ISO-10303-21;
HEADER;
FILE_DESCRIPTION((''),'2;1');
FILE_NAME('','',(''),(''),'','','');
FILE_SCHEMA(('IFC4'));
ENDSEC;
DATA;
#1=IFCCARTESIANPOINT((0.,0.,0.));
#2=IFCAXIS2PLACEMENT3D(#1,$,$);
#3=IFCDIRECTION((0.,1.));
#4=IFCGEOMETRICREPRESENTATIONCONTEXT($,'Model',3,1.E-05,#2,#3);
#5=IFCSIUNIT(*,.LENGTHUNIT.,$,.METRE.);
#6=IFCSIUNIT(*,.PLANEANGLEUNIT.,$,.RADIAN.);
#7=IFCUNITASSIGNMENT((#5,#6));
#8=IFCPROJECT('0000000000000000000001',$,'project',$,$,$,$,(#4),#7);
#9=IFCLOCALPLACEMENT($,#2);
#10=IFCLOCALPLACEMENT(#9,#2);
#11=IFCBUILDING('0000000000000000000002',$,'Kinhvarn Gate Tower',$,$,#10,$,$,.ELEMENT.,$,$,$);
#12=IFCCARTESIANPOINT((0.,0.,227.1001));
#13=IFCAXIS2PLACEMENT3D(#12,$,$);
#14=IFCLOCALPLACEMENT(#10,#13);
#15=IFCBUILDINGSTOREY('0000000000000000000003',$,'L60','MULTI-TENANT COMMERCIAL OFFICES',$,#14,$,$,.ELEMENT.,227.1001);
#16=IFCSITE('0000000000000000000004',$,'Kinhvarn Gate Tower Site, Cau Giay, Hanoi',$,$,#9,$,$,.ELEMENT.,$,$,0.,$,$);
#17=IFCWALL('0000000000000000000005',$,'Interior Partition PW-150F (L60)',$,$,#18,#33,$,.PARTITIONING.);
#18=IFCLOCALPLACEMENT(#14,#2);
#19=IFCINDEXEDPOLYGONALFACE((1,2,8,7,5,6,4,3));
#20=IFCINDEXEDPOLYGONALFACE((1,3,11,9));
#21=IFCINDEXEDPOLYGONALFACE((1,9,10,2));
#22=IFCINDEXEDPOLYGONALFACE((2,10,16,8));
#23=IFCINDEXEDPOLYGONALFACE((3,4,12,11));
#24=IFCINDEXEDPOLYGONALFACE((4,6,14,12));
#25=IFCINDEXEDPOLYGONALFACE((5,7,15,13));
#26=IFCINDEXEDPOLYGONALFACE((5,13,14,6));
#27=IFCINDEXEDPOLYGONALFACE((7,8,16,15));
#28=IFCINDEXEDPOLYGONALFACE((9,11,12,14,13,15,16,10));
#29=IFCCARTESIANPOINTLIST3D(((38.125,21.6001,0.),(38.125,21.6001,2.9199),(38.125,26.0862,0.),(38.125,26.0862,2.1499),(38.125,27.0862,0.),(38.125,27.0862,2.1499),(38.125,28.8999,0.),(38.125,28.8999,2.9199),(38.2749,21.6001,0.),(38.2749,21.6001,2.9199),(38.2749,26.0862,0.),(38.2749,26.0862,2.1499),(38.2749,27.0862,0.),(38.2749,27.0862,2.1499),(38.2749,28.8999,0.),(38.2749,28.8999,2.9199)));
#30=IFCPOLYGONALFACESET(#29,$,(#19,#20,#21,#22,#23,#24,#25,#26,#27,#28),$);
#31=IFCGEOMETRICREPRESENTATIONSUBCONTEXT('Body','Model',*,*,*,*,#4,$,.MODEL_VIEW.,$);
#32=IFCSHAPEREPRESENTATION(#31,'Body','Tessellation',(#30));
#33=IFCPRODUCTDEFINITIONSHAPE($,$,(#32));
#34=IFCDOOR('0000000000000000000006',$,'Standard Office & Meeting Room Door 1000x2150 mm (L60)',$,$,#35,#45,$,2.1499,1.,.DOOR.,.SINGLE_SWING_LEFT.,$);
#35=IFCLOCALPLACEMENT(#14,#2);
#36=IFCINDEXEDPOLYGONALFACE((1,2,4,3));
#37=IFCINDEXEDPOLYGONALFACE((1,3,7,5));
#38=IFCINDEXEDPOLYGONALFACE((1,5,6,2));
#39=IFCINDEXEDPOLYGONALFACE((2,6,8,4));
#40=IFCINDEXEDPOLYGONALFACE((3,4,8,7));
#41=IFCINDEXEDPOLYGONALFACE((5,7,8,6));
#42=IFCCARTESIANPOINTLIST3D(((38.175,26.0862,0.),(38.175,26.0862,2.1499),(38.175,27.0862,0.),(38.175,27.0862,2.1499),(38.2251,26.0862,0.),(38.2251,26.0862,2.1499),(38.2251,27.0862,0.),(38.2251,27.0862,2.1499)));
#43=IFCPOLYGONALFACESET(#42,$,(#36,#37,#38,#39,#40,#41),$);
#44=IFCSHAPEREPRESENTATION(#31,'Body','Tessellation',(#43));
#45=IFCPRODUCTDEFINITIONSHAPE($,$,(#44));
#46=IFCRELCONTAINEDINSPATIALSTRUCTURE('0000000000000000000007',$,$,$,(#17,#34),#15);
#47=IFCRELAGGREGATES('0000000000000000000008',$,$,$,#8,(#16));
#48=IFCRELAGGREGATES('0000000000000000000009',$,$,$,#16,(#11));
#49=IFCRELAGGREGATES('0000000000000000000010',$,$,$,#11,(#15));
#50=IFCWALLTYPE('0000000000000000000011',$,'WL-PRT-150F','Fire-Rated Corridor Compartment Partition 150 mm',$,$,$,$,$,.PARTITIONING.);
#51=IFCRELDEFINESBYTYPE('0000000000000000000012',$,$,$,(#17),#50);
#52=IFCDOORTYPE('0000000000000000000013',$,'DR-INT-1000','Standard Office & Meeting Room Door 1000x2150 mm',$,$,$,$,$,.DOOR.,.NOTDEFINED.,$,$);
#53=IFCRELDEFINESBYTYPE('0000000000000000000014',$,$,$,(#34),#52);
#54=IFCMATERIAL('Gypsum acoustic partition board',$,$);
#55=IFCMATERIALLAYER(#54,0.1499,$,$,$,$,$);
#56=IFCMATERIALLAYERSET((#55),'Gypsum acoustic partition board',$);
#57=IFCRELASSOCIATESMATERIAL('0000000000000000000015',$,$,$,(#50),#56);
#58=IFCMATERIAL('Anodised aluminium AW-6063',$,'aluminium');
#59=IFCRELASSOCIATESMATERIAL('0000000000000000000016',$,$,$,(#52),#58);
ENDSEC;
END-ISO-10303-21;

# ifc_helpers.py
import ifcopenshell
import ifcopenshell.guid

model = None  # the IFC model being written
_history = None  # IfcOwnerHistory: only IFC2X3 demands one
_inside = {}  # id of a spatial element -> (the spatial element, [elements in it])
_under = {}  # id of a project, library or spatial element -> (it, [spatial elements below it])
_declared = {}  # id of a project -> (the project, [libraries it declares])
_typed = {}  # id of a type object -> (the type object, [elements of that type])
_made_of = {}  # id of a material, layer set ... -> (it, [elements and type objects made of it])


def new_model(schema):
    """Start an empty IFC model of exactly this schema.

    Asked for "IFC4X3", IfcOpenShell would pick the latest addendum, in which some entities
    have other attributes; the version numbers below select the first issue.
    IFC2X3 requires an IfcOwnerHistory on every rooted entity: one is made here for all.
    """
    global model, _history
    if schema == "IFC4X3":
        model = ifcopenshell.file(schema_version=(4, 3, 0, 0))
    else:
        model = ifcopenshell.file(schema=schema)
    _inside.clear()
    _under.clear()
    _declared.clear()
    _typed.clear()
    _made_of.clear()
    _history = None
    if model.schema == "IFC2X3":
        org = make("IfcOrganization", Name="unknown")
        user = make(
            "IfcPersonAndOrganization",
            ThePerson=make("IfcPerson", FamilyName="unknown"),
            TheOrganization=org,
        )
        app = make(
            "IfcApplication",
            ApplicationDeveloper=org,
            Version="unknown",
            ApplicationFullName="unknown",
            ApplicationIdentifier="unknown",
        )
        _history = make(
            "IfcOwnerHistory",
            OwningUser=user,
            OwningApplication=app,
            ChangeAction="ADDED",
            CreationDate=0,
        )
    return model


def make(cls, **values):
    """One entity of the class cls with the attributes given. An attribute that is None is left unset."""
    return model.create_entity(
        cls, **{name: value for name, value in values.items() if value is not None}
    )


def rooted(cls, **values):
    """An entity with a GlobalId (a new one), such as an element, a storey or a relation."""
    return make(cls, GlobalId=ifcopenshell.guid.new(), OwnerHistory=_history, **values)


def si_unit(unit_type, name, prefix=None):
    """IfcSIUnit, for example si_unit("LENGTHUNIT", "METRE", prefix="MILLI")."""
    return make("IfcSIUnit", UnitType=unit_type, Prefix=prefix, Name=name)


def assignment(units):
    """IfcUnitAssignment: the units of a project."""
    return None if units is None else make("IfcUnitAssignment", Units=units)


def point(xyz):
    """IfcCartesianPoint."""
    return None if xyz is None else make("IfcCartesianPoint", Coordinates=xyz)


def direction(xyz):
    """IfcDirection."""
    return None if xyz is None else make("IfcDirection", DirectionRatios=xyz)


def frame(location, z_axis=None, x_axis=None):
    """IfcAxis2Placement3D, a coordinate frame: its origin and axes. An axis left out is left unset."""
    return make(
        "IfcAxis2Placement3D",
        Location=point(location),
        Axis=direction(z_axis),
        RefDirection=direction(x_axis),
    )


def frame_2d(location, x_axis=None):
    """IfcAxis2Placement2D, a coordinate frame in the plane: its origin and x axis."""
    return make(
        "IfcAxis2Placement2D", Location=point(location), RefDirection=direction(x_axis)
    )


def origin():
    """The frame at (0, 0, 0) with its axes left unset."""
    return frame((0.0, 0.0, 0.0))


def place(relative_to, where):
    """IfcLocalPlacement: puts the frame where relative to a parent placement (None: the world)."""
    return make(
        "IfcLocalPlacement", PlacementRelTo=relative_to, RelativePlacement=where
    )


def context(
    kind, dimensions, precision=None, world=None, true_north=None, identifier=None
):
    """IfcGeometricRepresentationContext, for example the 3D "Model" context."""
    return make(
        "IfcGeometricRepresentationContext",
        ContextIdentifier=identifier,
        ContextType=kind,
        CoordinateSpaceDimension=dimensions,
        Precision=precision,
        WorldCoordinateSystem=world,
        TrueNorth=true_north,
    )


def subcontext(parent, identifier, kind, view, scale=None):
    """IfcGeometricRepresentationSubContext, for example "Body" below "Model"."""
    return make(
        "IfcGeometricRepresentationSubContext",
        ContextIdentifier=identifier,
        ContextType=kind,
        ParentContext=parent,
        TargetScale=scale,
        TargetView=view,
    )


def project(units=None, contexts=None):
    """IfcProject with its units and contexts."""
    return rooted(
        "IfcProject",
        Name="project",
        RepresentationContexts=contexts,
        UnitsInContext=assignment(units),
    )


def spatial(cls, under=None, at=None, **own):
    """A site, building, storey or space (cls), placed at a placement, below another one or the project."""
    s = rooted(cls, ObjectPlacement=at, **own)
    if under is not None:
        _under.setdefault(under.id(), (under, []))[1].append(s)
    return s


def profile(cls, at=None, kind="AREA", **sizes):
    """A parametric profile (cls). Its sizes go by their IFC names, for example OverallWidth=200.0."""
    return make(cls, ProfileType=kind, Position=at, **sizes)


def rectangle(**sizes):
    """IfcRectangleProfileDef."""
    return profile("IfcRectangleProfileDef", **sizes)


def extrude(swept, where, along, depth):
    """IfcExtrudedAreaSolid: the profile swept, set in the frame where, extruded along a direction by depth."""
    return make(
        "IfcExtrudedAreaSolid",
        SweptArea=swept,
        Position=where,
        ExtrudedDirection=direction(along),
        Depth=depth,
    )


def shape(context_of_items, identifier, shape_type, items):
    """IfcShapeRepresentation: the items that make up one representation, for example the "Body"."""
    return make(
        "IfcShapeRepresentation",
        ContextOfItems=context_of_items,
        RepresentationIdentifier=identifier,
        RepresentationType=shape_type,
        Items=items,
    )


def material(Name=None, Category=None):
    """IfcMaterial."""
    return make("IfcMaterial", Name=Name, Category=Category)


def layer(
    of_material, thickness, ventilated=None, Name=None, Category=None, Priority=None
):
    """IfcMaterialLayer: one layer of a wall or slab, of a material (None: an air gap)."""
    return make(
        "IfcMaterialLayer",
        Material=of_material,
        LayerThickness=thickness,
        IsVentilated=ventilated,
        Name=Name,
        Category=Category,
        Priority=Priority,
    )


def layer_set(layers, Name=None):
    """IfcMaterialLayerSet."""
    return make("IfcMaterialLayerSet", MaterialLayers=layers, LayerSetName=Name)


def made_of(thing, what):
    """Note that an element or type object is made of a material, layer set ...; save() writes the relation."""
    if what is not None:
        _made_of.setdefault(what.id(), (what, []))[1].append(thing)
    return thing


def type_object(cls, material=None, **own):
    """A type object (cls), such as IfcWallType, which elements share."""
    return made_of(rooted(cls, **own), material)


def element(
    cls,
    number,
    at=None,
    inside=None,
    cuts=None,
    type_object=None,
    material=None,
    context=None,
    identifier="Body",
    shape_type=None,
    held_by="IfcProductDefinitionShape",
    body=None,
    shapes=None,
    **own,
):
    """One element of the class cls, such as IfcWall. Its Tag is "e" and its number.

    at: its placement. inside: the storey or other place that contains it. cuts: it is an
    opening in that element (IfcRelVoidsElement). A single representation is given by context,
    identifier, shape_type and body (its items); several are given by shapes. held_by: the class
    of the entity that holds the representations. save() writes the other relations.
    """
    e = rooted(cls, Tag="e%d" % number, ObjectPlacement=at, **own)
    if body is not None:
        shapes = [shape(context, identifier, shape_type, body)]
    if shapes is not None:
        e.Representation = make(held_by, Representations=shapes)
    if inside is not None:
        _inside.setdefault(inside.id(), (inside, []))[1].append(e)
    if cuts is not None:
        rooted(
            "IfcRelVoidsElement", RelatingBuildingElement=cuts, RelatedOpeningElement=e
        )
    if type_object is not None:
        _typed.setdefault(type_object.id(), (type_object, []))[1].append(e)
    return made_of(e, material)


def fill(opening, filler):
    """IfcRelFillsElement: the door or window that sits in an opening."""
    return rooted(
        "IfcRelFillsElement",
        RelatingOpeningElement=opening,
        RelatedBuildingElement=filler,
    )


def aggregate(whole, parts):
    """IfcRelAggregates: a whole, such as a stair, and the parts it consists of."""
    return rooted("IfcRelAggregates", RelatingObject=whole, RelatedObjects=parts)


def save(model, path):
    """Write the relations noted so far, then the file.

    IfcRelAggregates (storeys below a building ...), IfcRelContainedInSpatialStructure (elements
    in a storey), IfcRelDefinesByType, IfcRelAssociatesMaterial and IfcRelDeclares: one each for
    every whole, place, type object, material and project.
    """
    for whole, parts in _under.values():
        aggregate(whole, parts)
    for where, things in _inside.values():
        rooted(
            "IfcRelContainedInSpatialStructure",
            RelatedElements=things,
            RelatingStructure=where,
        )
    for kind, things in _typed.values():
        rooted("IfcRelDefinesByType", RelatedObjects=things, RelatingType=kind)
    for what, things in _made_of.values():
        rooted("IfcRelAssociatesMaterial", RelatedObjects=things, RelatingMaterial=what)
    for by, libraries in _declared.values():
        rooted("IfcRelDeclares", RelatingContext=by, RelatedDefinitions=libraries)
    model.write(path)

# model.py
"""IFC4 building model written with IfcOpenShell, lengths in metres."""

from ifc_helpers import new_model, si_unit, direction, frame, frame_2d, origin, place, context, subcontext, project, spatial, rectangle, extrude, material, layer, layer_set, type_object, element, fill, save


model = new_model("IFC4")

# Units and contexts
model_context = context("Model", 3, precision=1e-05, world=origin(), true_north=direction((0.0, 1.0)))
body_context = subcontext(model_context, "Body", "Model", "MODEL_VIEW")
ifc_project = project(units=[si_unit("LENGTHUNIT", "METRE"), si_unit("PLANEANGLEUNIT", "RADIAN")], contexts=[model_context])

# Site, building, storey
site_placement = place(None, origin())
site = spatial("IfcSite", under=ifc_project, at=site_placement, Name="Kinhvarn Gate Tower Site, Cau Giay, Hanoi", CompositionType="ELEMENT", RefElevation=0.0)
building_placement = place(site_placement, origin())
building = spatial("IfcBuilding", under=site, at=building_placement, Name="Kinhvarn Gate Tower", CompositionType="ELEMENT")
storey_placement = place(building_placement, frame((0.0, 0.0, 227.1001)))
storey = spatial("IfcBuildingStorey", under=building, at=storey_placement, Name="L60", Description="MULTI-TENANT COMMERCIAL OFFICES", CompositionType="ELEMENT", Elevation=227.1001)

# Shared definitions
ifc_material_1 = material(Name="Anodised aluminium AW-6063", Category="aluminium")

# Shared definitions
ifc_material_2 = material(Name="Gypsum acoustic partition board")

# Shared definitions
ifc_layer_1 = layer(ifc_material_2, 0.1499)
ifc_layer_set_1 = layer_set([ifc_layer_1], Name="Gypsum acoustic partition board")
wall_type_1 = type_object("IfcWallType", Name="WL-PRT-150F", Description="Fire-Rated Corridor Compartment Partition 150 mm", PredefinedType="PARTITIONING", material=ifc_layer_set_1)
door_type = type_object("IfcDoorType", Name="DR-INT-1000", Description="Standard Office & Meeting Room Door 1000x2150 mm", OperationType="NOTDEFINED", PredefinedType="DOOR", material=ifc_material_1)

# Wall, opening, door
wall_1_placement = place(storey_placement, frame((38.2, 21.6001, 0.0), z_axis=(0.0, 0.0, 1.0), x_axis=(0.0, 1.0, 0.0)))
wall_1 = element("IfcWall", 1, at=wall_1_placement, inside=storey, type_object=wall_type_1, Name="Interior Partition PW-150F (L60)", PredefinedType="PARTITIONING", context=body_context, shape_type="SweptSolid", body=[
    extrude(rectangle(XDim=7.2998, YDim=0.1499, at=frame_2d((3.6499, 0.0))), origin(), (0.0, 0.0, 1.0), 2.9199),
])
opening_1_placement = place(wall_1_placement, frame((4.4861, 0.0, 0.0)))
opening_1 = element("IfcOpeningElement", 2, at=opening_1_placement, cuts=wall_1, PredefinedType="OPENING", context=body_context, shape_type="SweptSolid", body=[
    extrude(rectangle(XDim=1.0, YDim=2.1499, at=frame_2d((0.5, 1.075))), frame((0.0, 0.085, 0.0), z_axis=(0.0, -1.0, 0.0), x_axis=(1.0, 0.0, 0.0)), (0.0, 0.0, 1.0), 0.1699),
])
door_1_placement = place(opening_1_placement, origin())
door_1 = element("IfcDoor", 3, at=door_1_placement, inside=storey, type_object=door_type, Name="Standard Office & Meeting Room Door 1000x2150 mm (L60)", OperationType="SINGLE_SWING_LEFT", OverallHeight=2.1499, OverallWidth=1.0, PredefinedType="DOOR", context=body_context, shape_type="SweptSolid", body=[
    extrude(rectangle(XDim=1.0, YDim=2.1499, at=frame_2d((0.5, 1.075))), frame((0.0, 0.0249, 0.0), z_axis=(0.0, -1.0, 0.0), x_axis=(1.0, 0.0, 0.0)), (0.0, 0.0, 1.0), 0.05),
])
fill(opening_1, door_1)

save(model, "model.ifc")
